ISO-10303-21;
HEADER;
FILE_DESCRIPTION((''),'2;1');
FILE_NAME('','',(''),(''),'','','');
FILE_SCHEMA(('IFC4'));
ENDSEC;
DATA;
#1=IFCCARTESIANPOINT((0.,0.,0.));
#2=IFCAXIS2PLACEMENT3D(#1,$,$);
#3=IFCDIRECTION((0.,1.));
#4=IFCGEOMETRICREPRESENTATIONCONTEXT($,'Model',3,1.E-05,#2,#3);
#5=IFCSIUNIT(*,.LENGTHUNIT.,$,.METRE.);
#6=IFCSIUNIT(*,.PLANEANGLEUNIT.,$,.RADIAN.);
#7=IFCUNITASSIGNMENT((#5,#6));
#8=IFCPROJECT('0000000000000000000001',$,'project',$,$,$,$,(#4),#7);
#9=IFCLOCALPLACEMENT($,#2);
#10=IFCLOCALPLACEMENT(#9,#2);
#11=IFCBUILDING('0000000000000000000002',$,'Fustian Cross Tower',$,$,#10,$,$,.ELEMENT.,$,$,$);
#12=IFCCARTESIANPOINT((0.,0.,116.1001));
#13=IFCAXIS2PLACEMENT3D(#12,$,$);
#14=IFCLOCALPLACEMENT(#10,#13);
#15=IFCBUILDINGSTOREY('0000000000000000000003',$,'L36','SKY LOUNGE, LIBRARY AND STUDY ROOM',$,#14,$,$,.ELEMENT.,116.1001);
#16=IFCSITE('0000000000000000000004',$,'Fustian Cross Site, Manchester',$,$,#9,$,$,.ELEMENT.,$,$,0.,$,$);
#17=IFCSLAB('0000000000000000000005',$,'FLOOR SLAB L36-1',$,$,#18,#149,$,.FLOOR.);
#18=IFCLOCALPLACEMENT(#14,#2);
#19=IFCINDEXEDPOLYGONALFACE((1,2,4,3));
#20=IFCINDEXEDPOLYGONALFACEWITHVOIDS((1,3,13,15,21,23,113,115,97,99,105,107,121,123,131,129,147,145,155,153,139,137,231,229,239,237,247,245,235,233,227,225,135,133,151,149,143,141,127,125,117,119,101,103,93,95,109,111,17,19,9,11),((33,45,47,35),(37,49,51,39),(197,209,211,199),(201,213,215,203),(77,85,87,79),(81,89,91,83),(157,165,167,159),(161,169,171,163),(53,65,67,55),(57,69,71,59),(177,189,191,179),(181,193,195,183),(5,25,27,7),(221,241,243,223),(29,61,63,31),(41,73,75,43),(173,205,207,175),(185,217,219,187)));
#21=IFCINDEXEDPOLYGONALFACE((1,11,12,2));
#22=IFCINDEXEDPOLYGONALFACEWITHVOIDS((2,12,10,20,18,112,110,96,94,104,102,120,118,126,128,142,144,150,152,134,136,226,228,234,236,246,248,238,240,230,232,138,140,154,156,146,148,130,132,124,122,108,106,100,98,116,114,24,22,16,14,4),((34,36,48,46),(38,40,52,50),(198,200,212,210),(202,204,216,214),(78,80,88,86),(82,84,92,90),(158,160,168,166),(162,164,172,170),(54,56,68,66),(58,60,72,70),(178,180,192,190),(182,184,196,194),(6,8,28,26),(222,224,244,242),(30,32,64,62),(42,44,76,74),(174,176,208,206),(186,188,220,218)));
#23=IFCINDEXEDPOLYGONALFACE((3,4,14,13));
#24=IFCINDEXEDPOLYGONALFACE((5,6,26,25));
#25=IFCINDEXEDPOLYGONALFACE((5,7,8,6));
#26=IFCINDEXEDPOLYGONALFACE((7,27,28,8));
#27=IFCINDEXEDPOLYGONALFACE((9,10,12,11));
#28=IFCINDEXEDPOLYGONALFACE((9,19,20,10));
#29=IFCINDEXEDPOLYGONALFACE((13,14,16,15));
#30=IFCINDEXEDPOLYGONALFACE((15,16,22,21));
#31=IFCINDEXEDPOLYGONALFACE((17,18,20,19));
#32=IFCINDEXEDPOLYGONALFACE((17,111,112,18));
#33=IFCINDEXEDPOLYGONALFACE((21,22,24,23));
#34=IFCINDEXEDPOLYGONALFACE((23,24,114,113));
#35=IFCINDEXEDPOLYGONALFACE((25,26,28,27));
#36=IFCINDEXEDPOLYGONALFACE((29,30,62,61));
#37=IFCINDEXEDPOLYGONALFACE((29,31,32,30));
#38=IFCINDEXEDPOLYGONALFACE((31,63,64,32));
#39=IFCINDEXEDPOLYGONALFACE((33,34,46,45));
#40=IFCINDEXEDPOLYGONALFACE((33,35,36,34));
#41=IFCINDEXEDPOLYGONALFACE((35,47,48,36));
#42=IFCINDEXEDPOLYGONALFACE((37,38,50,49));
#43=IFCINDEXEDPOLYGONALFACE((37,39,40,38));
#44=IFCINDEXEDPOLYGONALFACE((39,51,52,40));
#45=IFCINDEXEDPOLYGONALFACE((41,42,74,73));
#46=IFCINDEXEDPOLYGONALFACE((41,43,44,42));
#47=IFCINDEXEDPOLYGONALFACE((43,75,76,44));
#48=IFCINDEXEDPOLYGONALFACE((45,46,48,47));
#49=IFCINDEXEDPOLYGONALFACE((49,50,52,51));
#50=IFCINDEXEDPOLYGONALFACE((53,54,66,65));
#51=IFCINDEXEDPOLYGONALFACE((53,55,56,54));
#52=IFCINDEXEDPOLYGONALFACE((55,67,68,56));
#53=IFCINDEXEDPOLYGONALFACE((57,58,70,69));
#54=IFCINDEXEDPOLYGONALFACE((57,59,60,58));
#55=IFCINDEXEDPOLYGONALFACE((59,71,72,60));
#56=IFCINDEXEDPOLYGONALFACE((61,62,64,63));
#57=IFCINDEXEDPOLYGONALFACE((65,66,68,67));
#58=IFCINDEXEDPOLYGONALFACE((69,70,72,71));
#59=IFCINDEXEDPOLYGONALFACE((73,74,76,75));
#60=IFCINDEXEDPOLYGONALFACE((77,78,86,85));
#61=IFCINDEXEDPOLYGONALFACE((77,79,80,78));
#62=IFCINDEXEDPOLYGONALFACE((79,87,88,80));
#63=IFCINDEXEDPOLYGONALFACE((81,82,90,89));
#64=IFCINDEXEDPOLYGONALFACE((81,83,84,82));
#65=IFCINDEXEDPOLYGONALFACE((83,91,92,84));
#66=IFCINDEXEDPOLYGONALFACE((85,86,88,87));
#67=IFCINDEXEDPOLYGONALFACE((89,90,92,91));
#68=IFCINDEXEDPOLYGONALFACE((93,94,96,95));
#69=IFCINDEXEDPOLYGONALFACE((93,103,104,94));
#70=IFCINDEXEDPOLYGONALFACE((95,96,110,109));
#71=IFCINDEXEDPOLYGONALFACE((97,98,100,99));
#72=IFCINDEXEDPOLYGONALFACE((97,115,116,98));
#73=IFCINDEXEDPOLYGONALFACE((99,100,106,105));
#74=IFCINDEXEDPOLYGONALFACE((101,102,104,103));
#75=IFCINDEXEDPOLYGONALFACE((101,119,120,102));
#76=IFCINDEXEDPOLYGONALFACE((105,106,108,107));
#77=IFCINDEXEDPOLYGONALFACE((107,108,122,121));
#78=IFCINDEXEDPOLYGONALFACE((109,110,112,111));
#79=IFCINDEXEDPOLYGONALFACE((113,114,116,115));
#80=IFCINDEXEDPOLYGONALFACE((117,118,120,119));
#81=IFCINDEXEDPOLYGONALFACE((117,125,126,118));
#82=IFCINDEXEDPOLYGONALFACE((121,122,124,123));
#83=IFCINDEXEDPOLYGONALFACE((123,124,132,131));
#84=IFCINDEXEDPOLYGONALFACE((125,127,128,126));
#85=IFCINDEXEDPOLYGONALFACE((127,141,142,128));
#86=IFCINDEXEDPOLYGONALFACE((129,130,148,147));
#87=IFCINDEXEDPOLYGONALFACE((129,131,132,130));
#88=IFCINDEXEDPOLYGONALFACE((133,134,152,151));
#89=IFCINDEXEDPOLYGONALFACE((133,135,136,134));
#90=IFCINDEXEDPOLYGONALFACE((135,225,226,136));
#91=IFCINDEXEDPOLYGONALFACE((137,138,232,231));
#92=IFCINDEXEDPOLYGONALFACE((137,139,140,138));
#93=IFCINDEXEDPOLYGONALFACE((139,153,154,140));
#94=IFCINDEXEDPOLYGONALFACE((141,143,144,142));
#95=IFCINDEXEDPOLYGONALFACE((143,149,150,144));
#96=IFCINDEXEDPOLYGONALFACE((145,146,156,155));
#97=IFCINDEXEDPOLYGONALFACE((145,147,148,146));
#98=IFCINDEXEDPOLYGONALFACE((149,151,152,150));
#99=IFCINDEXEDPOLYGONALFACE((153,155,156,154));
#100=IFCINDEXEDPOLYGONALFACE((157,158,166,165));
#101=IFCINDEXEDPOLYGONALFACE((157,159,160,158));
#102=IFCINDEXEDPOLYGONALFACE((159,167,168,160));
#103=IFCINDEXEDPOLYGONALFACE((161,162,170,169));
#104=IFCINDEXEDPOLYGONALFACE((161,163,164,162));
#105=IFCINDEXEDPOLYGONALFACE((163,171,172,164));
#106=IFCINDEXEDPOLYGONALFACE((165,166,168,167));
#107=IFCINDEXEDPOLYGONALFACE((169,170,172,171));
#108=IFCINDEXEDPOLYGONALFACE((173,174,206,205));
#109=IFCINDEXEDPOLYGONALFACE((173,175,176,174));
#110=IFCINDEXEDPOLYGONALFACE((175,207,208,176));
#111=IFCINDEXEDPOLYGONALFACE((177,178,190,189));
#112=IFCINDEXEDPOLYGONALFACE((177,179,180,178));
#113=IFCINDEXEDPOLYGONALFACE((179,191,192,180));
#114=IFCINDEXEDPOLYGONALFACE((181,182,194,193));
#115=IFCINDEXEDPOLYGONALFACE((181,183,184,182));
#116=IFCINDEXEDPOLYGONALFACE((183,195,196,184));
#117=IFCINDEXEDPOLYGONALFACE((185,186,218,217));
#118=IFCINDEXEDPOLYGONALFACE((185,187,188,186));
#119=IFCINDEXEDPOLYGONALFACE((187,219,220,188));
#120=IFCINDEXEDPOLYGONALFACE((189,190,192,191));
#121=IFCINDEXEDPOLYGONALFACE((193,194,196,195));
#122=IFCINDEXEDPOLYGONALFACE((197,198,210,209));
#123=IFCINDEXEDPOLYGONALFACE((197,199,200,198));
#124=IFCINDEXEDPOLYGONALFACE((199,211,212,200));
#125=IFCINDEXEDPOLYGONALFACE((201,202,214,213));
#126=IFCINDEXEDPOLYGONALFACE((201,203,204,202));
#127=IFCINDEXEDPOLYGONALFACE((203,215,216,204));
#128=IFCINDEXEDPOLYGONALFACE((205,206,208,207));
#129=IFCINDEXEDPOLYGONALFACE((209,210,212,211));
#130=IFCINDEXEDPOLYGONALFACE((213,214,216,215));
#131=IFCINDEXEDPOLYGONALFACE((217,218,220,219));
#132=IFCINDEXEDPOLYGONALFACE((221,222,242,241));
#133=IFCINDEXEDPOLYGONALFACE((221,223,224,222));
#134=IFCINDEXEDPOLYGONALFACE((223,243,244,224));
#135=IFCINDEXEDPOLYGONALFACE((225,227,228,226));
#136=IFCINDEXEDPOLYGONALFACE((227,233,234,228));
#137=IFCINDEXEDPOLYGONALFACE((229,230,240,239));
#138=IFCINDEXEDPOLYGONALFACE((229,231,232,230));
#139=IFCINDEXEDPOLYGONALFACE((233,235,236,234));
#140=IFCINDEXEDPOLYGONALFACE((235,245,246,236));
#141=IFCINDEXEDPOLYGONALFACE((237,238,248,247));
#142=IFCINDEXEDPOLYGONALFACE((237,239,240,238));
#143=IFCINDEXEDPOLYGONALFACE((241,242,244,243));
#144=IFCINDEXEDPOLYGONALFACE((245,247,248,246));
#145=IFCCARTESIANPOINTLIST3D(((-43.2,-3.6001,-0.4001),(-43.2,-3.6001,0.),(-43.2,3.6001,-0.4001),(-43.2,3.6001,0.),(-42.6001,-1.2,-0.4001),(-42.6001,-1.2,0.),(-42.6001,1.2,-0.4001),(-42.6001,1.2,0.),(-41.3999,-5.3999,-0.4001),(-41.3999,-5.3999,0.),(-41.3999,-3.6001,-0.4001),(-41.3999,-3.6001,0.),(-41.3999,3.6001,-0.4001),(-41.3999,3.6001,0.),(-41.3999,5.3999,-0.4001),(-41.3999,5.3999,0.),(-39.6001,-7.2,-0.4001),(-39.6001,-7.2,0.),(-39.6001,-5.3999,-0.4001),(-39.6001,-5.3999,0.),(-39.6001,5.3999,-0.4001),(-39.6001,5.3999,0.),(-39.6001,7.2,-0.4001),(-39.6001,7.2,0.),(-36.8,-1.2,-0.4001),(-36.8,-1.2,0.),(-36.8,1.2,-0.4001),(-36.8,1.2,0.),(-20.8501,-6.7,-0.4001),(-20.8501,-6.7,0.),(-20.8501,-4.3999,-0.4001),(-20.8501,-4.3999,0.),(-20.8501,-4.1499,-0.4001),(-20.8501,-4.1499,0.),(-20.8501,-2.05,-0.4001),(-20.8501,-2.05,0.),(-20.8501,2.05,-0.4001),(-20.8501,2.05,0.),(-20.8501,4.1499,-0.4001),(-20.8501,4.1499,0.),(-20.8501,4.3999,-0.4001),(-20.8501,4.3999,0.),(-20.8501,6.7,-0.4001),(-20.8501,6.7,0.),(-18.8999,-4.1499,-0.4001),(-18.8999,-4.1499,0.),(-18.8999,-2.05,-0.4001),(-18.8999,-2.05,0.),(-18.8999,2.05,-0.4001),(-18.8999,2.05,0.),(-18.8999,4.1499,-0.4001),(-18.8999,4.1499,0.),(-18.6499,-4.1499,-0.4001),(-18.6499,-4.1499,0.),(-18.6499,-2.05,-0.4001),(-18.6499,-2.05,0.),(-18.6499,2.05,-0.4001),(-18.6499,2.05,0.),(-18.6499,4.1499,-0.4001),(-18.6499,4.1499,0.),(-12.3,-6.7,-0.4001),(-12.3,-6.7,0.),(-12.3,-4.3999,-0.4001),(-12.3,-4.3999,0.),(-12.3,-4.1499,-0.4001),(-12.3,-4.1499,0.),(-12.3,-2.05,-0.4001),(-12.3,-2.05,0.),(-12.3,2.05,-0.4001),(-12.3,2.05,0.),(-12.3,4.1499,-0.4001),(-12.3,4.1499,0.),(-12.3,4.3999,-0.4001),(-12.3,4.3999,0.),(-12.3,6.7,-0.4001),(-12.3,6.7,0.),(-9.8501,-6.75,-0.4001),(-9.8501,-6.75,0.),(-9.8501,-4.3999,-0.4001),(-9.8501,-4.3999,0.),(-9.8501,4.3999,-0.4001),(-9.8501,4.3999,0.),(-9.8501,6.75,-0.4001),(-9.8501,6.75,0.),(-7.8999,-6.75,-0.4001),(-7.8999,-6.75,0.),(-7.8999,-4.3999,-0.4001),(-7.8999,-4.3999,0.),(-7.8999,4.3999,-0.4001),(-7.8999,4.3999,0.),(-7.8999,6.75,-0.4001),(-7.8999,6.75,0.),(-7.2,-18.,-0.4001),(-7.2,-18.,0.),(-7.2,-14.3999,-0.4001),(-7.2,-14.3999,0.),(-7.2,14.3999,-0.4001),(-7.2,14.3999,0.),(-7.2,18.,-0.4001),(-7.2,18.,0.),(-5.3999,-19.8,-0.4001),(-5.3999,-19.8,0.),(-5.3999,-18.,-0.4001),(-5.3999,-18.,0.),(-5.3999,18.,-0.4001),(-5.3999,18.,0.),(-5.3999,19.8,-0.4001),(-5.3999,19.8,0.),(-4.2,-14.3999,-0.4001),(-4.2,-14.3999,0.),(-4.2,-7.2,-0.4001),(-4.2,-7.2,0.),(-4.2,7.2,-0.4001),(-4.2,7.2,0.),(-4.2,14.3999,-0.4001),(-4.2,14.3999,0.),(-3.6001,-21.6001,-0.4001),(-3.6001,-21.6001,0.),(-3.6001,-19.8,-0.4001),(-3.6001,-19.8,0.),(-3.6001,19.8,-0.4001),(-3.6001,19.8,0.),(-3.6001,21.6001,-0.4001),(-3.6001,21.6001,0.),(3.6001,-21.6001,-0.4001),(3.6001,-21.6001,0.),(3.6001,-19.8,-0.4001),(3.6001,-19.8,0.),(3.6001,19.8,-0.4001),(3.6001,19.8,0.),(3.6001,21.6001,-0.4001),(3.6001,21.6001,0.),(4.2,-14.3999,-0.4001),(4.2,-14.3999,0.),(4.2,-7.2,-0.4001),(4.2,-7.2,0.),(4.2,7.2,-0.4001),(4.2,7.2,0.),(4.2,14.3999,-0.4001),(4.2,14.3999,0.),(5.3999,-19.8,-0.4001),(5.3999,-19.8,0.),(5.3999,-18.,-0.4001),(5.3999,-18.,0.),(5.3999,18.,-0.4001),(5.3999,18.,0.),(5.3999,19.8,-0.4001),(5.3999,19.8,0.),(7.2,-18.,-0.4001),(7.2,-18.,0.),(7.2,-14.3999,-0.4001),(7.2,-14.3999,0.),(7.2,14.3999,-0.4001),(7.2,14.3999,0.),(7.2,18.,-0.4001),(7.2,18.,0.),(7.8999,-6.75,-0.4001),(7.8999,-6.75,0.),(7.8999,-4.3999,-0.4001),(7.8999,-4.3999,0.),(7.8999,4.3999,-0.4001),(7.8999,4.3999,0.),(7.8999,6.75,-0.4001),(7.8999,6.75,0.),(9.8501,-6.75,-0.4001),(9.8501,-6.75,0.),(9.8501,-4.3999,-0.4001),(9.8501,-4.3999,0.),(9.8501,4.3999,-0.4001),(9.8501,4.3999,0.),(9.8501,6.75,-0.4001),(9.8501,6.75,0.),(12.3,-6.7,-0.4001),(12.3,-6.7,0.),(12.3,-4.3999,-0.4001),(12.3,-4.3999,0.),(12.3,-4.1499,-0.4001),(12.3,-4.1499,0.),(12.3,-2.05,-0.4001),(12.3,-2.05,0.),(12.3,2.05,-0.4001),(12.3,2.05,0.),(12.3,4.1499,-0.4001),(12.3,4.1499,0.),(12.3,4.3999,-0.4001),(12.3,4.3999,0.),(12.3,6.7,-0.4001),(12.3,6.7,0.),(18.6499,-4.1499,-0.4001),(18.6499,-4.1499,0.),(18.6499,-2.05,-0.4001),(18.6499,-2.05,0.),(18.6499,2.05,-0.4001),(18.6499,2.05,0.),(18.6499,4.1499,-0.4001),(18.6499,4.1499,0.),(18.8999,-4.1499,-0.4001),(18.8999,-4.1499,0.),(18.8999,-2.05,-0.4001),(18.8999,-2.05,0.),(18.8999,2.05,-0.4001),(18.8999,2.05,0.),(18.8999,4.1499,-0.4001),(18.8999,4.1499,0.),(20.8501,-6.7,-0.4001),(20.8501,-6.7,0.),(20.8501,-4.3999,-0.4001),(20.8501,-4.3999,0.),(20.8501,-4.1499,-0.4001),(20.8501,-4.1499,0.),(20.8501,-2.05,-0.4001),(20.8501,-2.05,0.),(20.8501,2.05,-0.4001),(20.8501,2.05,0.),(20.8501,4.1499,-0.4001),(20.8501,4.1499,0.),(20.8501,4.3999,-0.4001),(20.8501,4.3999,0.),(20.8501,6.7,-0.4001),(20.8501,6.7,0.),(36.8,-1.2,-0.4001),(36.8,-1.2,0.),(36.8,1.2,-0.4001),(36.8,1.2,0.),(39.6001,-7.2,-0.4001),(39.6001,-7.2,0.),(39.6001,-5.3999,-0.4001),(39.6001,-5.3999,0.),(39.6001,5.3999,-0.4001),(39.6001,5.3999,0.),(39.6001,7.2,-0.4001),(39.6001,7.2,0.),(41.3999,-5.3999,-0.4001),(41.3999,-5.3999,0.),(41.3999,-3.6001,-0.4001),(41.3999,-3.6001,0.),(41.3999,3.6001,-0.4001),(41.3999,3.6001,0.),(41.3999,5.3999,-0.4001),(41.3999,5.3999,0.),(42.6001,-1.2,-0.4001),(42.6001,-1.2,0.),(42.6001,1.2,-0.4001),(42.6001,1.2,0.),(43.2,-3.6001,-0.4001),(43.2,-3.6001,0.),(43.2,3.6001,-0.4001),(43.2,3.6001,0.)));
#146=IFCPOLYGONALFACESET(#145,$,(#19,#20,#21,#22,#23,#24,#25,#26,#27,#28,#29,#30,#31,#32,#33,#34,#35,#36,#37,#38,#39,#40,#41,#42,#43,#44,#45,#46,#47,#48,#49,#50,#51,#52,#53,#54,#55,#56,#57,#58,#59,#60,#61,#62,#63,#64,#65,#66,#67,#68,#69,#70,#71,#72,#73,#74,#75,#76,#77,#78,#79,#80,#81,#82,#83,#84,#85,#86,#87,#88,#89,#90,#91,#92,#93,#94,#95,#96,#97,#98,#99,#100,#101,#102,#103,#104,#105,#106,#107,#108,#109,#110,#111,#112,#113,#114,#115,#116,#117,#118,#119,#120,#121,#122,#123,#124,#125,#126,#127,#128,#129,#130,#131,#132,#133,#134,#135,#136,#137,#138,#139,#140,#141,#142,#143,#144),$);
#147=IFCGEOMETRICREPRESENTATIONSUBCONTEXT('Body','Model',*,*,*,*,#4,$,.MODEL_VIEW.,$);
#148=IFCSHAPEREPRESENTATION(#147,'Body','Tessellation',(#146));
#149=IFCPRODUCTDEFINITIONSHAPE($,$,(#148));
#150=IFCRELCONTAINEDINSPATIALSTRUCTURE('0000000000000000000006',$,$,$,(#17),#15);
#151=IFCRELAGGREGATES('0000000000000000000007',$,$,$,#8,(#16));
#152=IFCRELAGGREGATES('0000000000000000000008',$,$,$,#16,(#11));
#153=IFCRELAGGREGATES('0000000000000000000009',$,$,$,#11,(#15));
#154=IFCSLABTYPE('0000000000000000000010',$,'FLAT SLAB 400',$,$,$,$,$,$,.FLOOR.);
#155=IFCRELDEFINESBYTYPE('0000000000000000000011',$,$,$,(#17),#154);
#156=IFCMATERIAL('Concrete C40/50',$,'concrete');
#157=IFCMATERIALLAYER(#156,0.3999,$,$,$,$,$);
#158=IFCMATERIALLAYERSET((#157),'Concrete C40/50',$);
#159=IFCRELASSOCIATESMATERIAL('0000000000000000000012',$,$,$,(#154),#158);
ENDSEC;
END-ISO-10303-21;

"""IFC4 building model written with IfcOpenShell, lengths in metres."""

from ifc_helpers import new_model, si_unit, direction, frame, origin, place, context, subcontext, project, spatial, polyline, outline, extrude, material, layer, layer_set, type_object, element, save


model = new_model("IFC4")

# Units and contexts
model_context = context("Model", 3, precision=1e-05, world=origin(), true_north=direction((0.0, 1.0)))
body_context = subcontext(model_context, "Body", "Model", "MODEL_VIEW")
ifc_project = project(units=[si_unit("LENGTHUNIT", "METRE"), si_unit("PLANEANGLEUNIT", "RADIAN")], contexts=[model_context])

# Site, building, storey
site_placement = place(None, origin())
site = spatial("IfcSite", under=ifc_project, at=site_placement, Name="Fustian Cross Site, Manchester", CompositionType="ELEMENT", RefElevation=0.0)
building_placement = place(site_placement, origin())
building = spatial("IfcBuilding", under=site, at=building_placement, Name="Fustian Cross Tower", CompositionType="ELEMENT")
storey_placement = place(building_placement, frame((0.0, 0.0, 116.1001)))
storey = spatial("IfcBuildingStorey", under=building, at=storey_placement, Name="L36", Description="SKY LOUNGE, LIBRARY AND STUDY ROOM", CompositionType="ELEMENT", Elevation=116.1001)

# Slab
ifc_material_1 = material(Name="Concrete C40/50", Category="concrete")
ifc_layer_1 = layer(ifc_material_1, 0.3999)
ifc_layer_set_1 = layer_set([ifc_layer_1], Name="Concrete C40/50")
slab_type_1 = type_object("IfcSlabType", Name="FLAT SLAB 400", PredefinedType="FLOOR", material=ifc_layer_set_1)
slab_1_placement = place(storey_placement, frame((0.0, 0.0, -0.4001)))
element("IfcSlab", 1, at=slab_1_placement, inside=storey, type_object=slab_type_1, Name="FLOOR SLAB L36-1", PredefinedType="FLOOR", context=body_context, shape_type="SweptSolid", body=[
    extrude(outline(polyline([(-4.2, -7.2), (-39.6001, -7.2), (-39.6001, -5.3999), (-41.3999, -5.3999), (-41.3999, -3.6001), (-43.2, -3.6001), (-43.2, 3.6001), (-41.3999, 3.6001), (-41.3999, 5.3999), (-39.6001, 5.3999), (-39.6001, 7.2), (-4.2, 7.2), (-4.2, 14.3999), (-7.2, 14.3999), (-7.2, 18.0), (-5.3999, 18.0), (-5.3999, 19.8), (-3.6001, 19.8), (-3.6001, 21.6001), (3.6001, 21.6001), (3.6001, 19.8), (5.3999, 19.8), (5.3999, 18.0), (7.2, 18.0), (7.2, 14.3999), (4.2, 14.3999), (4.2, 7.2), (39.6001, 7.2), (39.6001, 5.3999), (41.3999, 5.3999), (41.3999, 3.6001), (43.2, 3.6001), (43.2, -3.6001), (41.3999, -3.6001), (41.3999, -5.3999), (39.6001, -5.3999), (39.6001, -7.2), (4.2, -7.2), (4.2, -14.3999), (7.2, -14.3999), (7.2, -18.0), (5.3999, -18.0), (5.3999, -19.8), (3.6001, -19.8), (3.6001, -21.6001), (-3.6001, -21.6001), (-3.6001, -19.8), (-5.3999, -19.8), (-5.3999, -18.0), (-7.2, -18.0), (-7.2, -14.3999), (-4.2, -14.3999), (-4.2, -7.2)]), holes=[polyline([(18.8999, -2.05), (18.8999, -4.1499), (20.8501, -4.1499), (20.8501, -2.05), (18.8999, -2.05)]), polyline([(20.8501, 4.1499), (18.8999, 4.1499), (18.8999, 2.05), (20.8501, 2.05), (20.8501, 4.1499)]), polyline([(9.8501, 4.3999), (9.8501, 6.75), (7.8999, 6.75), (7.8999, 4.3999), (9.8501, 4.3999)]), polyline([(7.8999, -6.75), (9.8501, -6.75), (9.8501, -4.3999), (7.8999, -4.3999), (7.8999, -6.75)]), polyline([(-20.8501, -2.05), (-20.8501, -4.1499), (-18.8999, -4.1499), (-18.8999, -2.05), (-20.8501, -2.05)]), polyline([(-18.8999, 4.1499), (-20.8501, 4.1499), (-20.8501, 2.05), (-18.8999, 2.05), (-18.8999, 4.1499)]), polyline([(-7.8999, 4.3999), (-7.8999, 6.75), (-9.8501, 6.75), (-9.8501, 4.3999), (-7.8999, 4.3999)]), polyline([(-9.8501, -6.75), (-7.8999, -6.75), (-7.8999, -4.3999), (-9.8501, -4.3999), (-9.8501, -6.75)]), polyline([(12.3, -2.05), (12.3, -4.1499), (18.6499, -4.1499), (18.6499, -2.05), (12.3, -2.05)]), polyline([(18.6499, 4.1499), (12.3, 4.1499), (12.3, 2.05), (18.6499, 2.05), (18.6499, 4.1499)]), polyline([(-12.3, -4.1499), (-12.3, -2.05), (-18.6499, -2.05), (-18.6499, -4.1499), (-12.3, -4.1499)]), polyline([(-18.6499, 2.05), (-12.3, 2.05), (-12.3, 4.1499), (-18.6499, 4.1499), (-18.6499, 2.05)]), polyline([(12.3, 6.7), (12.3, 4.3999), (20.8501, 4.3999), (20.8501, 6.7), (12.3, 6.7)]), polyline([(20.8501, -4.3999), (12.3, -4.3999), (12.3, -6.7), (20.8501, -6.7), (20.8501, -4.3999)]), polyline([(-12.3, 4.3999), (-12.3, 6.7), (-20.8501, 6.7), (-20.8501, 4.3999), (-12.3, 4.3999)]), polyline([(-20.8501, -6.7), (-12.3, -6.7), (-12.3, -4.3999), (-20.8501, -4.3999), (-20.8501, -6.7)]), polyline([(36.8, 1.2), (36.8, -1.2), (42.6001, -1.2), (42.6001, 1.2), (36.8, 1.2)]), polyline([(-36.8, 1.2), (-42.6001, 1.2), (-42.6001, -1.2), (-36.8, -1.2), (-36.8, 1.2)])]), origin(), (0.0, 0.0, 1.0), 0.4001),
])

save(model, "model.ifc")
